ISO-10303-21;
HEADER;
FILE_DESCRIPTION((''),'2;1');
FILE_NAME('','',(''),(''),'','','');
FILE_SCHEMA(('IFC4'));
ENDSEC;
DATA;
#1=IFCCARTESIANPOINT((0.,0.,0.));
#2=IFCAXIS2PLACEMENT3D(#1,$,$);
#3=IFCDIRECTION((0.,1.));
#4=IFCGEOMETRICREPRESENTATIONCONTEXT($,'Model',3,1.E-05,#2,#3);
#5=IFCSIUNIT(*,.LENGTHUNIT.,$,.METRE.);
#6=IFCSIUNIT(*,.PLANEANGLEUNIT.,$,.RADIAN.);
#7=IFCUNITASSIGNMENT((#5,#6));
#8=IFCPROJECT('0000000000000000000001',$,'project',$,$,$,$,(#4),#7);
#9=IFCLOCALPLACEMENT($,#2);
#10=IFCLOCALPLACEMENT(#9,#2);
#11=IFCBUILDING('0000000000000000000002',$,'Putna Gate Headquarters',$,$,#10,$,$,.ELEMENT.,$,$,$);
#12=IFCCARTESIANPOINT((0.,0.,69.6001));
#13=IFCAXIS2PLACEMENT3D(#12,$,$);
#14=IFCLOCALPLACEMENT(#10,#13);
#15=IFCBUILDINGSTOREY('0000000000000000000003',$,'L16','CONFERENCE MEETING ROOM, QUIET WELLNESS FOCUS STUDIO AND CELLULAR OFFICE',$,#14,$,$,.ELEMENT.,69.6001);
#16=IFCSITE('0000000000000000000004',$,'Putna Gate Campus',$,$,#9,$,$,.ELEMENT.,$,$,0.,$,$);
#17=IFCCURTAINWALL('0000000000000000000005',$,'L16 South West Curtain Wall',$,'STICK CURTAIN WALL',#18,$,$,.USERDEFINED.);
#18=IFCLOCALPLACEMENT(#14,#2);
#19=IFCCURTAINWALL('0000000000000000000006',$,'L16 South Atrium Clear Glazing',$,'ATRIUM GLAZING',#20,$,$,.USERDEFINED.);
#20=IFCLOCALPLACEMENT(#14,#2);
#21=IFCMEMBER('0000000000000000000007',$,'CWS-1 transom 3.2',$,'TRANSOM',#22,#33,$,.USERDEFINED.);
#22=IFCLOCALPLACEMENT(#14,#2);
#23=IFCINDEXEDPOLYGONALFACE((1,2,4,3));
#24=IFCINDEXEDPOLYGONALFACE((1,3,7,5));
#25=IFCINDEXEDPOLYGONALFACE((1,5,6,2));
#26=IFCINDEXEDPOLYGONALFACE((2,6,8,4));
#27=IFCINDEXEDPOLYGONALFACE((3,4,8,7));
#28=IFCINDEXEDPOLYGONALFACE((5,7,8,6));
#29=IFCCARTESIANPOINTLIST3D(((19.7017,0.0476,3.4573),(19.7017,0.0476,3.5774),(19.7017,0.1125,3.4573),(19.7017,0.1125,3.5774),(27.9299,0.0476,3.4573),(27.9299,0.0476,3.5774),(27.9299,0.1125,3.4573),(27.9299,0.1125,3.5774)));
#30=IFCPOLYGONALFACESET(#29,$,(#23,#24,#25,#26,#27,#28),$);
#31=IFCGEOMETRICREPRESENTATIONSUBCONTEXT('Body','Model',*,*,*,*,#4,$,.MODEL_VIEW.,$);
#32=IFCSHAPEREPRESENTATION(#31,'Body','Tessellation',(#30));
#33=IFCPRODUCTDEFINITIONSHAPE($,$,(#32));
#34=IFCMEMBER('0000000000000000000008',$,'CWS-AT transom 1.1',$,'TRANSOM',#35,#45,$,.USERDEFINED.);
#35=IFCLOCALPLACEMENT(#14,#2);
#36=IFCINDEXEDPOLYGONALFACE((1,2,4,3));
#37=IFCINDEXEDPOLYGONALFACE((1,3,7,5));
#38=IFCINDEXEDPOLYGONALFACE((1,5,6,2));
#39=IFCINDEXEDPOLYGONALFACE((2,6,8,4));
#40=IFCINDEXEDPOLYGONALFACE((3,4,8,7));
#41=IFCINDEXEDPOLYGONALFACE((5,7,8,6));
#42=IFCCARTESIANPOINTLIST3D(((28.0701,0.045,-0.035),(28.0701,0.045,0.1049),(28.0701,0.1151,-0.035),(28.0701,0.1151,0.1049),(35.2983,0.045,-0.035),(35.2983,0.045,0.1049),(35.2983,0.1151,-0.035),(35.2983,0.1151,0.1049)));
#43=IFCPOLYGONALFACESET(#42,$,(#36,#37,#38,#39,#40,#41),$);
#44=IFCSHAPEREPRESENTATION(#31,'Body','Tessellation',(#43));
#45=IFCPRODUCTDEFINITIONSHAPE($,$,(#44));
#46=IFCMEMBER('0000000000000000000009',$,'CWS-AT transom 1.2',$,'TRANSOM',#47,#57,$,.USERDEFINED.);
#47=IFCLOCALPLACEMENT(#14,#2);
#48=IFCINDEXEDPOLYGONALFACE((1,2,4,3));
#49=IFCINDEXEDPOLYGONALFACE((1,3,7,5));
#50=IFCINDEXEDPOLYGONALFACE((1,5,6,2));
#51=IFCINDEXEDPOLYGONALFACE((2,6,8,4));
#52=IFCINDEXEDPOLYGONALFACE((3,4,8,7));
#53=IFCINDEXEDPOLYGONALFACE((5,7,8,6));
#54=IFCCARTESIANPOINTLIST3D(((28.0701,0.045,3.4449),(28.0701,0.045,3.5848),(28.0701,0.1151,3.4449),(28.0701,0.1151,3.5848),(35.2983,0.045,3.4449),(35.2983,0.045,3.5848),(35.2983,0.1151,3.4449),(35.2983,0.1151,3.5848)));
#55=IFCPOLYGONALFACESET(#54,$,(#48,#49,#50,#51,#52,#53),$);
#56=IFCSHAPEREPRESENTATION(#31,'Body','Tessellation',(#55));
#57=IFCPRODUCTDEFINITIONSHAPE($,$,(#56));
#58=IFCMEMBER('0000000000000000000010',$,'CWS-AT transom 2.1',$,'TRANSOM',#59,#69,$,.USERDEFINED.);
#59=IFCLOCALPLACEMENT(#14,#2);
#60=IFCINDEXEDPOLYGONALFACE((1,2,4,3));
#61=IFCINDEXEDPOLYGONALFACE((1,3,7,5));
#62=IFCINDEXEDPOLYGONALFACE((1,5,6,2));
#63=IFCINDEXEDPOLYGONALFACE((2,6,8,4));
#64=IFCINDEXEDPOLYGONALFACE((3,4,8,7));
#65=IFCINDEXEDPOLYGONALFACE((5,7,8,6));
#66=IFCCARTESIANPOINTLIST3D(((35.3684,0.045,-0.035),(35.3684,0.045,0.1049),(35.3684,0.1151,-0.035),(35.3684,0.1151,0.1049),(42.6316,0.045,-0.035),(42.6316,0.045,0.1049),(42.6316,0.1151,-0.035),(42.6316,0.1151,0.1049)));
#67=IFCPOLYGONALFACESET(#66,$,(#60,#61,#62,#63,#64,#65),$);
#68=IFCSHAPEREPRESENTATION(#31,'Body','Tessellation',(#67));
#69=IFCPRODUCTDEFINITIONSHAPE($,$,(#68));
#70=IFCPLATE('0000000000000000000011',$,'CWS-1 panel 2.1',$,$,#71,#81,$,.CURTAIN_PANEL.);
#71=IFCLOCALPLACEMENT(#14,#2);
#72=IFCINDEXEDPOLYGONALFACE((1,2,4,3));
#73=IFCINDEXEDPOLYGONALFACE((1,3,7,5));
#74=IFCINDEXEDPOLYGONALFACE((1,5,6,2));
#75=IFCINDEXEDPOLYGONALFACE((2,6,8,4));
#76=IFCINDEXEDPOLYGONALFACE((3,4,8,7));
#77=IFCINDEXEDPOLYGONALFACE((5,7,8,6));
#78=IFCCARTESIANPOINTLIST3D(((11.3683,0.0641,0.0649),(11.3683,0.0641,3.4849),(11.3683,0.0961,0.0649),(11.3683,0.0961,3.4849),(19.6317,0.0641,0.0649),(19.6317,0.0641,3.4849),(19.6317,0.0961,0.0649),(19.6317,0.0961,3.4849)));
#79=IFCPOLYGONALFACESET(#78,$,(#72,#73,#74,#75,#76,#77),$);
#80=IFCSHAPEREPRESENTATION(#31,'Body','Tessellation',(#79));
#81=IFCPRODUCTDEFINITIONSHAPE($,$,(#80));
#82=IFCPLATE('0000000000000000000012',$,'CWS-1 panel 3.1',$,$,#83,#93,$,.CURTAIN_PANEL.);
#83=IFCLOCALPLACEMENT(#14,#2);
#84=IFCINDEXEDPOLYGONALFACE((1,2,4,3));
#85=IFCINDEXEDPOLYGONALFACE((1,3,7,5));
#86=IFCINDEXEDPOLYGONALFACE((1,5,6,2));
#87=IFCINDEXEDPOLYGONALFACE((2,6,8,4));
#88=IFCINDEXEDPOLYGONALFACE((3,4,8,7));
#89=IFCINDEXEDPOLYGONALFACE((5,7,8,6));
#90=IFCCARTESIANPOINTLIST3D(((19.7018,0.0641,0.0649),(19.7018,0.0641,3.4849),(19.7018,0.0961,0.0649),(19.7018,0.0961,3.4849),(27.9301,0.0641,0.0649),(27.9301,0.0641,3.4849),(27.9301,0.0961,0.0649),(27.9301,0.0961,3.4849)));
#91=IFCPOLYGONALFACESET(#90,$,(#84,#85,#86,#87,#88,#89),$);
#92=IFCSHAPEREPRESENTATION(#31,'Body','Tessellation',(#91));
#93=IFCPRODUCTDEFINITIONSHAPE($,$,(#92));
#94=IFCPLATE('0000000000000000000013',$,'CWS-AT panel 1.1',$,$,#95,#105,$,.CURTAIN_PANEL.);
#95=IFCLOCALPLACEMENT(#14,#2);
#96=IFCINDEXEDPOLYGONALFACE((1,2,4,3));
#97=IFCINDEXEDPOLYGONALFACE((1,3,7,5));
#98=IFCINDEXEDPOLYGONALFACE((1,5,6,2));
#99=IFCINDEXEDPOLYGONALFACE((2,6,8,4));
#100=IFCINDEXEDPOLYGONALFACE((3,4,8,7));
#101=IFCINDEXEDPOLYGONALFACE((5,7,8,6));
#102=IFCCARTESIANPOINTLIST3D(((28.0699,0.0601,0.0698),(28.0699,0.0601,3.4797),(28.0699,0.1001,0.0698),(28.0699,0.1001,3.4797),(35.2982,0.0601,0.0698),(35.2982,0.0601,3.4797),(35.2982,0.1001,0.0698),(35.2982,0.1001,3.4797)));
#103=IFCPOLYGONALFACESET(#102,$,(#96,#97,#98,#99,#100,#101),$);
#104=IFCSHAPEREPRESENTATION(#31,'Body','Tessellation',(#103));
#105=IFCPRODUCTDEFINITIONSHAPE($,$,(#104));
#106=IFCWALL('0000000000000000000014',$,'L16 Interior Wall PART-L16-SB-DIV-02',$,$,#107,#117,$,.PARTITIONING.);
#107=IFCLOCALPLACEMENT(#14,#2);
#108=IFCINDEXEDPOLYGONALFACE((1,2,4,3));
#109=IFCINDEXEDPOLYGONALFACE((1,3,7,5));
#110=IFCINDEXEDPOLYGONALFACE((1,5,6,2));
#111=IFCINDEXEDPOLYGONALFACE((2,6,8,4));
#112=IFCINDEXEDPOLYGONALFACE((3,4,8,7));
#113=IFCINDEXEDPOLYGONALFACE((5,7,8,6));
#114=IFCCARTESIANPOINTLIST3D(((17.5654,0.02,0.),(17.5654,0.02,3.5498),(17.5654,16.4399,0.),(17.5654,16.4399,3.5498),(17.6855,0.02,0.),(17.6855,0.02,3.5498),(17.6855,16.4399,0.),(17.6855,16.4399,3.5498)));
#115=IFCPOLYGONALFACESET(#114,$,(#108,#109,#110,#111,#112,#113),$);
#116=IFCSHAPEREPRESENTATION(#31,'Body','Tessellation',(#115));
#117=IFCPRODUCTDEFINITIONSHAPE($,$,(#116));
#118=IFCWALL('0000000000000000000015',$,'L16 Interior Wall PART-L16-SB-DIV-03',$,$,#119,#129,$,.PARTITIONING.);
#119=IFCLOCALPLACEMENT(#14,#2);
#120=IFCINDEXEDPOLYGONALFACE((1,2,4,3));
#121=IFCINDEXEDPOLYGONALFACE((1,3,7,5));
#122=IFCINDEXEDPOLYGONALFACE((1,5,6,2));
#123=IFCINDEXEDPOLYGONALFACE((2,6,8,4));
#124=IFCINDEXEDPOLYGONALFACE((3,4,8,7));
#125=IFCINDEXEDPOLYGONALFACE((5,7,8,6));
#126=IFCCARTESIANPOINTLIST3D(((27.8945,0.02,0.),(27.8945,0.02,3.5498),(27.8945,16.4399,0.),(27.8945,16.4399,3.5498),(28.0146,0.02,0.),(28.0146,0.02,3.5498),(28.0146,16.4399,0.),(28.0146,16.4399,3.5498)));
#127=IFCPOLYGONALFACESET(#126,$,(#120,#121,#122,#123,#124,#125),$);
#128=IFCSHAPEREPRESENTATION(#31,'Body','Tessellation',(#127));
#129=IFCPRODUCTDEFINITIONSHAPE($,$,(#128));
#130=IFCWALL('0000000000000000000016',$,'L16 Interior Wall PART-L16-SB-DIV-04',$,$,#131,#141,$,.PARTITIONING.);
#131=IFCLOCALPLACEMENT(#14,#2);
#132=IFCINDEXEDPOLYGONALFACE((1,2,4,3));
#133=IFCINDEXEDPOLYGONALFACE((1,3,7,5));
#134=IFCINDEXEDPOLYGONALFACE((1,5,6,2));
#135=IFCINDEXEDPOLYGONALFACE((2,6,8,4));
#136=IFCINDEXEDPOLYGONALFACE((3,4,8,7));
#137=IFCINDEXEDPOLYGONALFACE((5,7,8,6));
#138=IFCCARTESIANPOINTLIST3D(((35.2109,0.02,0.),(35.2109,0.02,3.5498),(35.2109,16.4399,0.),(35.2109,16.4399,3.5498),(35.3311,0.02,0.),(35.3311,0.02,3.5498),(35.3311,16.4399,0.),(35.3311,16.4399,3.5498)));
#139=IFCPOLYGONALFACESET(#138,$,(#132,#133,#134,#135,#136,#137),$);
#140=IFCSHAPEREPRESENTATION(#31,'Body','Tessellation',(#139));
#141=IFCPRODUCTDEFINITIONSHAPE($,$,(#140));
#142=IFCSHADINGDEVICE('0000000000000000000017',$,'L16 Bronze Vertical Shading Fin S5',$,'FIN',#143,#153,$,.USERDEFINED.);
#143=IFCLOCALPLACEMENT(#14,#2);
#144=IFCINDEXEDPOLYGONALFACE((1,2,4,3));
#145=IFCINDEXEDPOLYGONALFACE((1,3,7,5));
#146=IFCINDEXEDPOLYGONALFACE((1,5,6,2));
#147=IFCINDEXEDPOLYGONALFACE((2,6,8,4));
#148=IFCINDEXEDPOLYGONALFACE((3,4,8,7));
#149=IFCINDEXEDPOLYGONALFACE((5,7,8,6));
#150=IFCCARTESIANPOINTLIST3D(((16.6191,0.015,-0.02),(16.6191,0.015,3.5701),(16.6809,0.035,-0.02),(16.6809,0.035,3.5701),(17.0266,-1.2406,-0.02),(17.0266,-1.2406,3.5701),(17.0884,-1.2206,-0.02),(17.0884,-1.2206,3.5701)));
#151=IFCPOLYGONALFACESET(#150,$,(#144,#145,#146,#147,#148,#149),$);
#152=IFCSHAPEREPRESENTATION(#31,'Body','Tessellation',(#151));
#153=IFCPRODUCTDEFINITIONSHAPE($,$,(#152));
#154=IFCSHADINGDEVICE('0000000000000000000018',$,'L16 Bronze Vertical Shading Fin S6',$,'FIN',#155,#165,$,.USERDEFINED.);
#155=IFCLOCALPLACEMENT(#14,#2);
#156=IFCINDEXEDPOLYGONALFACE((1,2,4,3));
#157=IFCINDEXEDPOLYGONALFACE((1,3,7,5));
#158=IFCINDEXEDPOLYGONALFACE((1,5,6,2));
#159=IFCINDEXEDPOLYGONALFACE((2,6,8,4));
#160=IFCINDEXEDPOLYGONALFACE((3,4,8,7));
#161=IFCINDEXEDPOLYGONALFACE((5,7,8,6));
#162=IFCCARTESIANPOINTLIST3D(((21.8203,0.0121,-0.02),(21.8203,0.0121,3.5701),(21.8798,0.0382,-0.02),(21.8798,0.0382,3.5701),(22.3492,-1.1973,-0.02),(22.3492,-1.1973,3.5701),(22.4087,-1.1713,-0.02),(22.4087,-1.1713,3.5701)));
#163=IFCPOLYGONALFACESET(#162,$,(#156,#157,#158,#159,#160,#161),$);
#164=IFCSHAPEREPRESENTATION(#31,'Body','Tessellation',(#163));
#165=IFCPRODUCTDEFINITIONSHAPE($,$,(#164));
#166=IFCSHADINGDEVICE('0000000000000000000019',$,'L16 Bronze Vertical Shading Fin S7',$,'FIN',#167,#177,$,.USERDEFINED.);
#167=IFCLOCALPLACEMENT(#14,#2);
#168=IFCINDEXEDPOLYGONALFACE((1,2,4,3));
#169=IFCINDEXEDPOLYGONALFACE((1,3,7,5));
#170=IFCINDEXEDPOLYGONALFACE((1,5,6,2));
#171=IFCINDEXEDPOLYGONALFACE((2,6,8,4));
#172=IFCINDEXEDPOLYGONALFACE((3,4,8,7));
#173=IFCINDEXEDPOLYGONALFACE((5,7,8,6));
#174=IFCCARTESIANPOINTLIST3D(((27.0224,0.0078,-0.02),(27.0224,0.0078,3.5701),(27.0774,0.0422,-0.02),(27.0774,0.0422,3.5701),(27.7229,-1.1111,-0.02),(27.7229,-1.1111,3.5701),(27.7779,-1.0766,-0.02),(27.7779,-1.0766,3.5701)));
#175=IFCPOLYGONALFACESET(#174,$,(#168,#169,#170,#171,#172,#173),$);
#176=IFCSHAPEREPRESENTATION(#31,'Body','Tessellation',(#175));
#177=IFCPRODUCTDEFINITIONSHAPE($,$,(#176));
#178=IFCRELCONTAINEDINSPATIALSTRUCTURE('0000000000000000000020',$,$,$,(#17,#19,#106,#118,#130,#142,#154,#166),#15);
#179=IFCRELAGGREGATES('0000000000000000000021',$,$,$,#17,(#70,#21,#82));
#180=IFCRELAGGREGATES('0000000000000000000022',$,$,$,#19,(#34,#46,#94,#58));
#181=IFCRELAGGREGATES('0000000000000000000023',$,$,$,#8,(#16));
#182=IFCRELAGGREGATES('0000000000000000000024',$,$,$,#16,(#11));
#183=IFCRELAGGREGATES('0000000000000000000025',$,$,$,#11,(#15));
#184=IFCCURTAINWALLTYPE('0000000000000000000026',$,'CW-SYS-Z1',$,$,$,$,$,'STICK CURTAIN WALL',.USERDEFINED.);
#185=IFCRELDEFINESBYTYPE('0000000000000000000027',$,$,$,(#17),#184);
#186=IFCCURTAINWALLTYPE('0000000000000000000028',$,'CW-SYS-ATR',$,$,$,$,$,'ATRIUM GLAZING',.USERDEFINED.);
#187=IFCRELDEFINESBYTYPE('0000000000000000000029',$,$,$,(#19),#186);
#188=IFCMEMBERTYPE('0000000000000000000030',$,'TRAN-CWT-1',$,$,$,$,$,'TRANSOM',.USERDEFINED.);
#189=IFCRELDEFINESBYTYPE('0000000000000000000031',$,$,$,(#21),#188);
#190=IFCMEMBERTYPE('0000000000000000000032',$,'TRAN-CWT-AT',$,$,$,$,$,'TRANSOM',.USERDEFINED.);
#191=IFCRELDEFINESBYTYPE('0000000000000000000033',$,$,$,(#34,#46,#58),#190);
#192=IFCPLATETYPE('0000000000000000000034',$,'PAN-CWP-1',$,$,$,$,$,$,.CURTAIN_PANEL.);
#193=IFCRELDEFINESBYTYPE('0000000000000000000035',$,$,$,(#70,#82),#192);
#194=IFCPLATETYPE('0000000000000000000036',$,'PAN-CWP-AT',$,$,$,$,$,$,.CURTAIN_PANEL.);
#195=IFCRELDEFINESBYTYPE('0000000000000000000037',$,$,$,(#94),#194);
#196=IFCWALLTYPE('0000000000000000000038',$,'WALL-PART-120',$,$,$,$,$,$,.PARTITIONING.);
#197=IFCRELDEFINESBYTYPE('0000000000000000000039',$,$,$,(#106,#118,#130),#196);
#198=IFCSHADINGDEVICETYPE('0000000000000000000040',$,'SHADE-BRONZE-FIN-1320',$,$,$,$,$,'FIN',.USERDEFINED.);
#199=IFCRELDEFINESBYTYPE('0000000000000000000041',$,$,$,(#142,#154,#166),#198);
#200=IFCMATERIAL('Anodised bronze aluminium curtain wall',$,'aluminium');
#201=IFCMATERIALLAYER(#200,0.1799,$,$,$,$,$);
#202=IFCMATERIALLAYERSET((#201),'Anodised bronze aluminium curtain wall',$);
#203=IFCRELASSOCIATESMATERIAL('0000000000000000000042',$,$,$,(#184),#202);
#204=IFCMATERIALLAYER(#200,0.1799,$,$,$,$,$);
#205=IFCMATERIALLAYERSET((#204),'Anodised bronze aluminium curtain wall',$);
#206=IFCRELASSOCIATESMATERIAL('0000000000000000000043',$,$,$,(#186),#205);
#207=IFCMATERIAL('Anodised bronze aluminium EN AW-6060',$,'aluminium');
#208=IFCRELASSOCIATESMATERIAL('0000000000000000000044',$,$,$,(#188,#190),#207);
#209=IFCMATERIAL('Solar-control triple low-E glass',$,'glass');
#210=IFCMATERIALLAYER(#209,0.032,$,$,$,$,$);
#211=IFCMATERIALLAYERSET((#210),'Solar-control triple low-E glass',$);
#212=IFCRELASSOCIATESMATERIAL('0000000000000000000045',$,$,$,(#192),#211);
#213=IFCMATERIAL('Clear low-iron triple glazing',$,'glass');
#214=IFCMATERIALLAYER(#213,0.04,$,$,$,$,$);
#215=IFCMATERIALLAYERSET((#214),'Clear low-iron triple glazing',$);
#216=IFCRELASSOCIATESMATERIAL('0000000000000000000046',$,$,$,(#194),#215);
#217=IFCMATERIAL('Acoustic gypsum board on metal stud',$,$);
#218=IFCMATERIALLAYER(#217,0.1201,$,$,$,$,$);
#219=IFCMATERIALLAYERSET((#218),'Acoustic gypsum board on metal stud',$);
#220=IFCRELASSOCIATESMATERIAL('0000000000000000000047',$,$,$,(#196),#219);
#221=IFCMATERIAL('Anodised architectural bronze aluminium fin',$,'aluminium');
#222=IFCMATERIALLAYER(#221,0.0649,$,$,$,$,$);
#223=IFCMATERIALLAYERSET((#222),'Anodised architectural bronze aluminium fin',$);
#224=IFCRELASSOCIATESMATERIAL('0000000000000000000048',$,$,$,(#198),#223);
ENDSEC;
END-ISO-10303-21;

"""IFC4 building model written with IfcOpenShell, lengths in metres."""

from ifc_helpers import new_model, si_unit, direction, frame, frame_2d, origin, origin_2d, place, context, subcontext, project, spatial, rectangle, extrude, material, layer, layer_set, material_profile, profile_set, type_object, element, aggregate, save


model = new_model("IFC4")

# Units and contexts
model_context = context("Model", 3, precision=1e-05, world=origin(), true_north=direction((0.0, 1.0)))
body_context = subcontext(model_context, "Body", "Model", "MODEL_VIEW")
ifc_project = project(units=[si_unit("LENGTHUNIT", "METRE"), si_unit("PLANEANGLEUNIT", "RADIAN")], contexts=[model_context])

# Site, building, storey
site_placement = place(None, origin())
site = spatial("IfcSite", under=ifc_project, at=site_placement, Name="Putna Gate Campus", CompositionType="ELEMENT", RefElevation=0.0)
building_placement = place(site_placement, origin())
building = spatial("IfcBuilding", under=site, at=building_placement, Name="Putna Gate Headquarters", CompositionType="ELEMENT")
storey_placement = place(building_placement, frame((0.0, 0.0, 69.6001)))
storey = spatial("IfcBuildingStorey", under=building, at=storey_placement, Name="L16", Description="CONFERENCE MEETING ROOM, QUIET WELLNESS FOCUS STUDIO AND CELLULAR OFFICE", CompositionType="ELEMENT", Elevation=69.6001)

# Curtain walls
ifc_material_1 = material(Name="Anodised bronze aluminium curtain wall", Category="aluminium")
ifc_layer_1 = layer(ifc_material_1, 0.1799)
ifc_layer_set_1 = layer_set([ifc_layer_1], Name="Anodised bronze aluminium curtain wall")
curtain_wall_type_1 = type_object("IfcCurtainWallType", Name="CW-SYS-Z1", ElementType="STICK CURTAIN WALL", PredefinedType="USERDEFINED", material=ifc_layer_set_1)
curtain_wall_1_placement = place(storey_placement, origin())
curtain_wall_1 = element("IfcCurtainWall", 1, at=curtain_wall_1_placement, inside=storey, type_object=curtain_wall_type_1, Name="L16 South West Curtain Wall", ObjectType="STICK CURTAIN WALL", PredefinedType="USERDEFINED")
ifc_material_2 = material(Name="Anodised bronze aluminium EN AW-6060", Category="aluminium")
ifc_layer_2 = layer(ifc_material_1, 0.1799)
ifc_layer_set_2 = layer_set([ifc_layer_2], Name="Anodised bronze aluminium curtain wall")
curtain_wall_type_2 = type_object("IfcCurtainWallType", Name="CW-SYS-ATR", ElementType="ATRIUM GLAZING", PredefinedType="USERDEFINED", material=ifc_layer_set_2)
curtain_wall_2_placement = place(storey_placement, origin())
curtain_wall_2 = element("IfcCurtainWall", 2, at=curtain_wall_2_placement, inside=storey, type_object=curtain_wall_type_2, Name="L16 South Atrium Clear Glazing", ObjectType="ATRIUM GLAZING", PredefinedType="USERDEFINED")

# Members
ifc_material_profile_1 = material_profile(ifc_material_2, rectangle(XDim=0.0649, YDim=0.1201, at=origin_2d()), Name="Anodised bronze aluminium EN AW-6060")
ifc_profile_set_1 = profile_set([ifc_material_profile_1], Name="Anodised bronze aluminium EN AW-6060")
member_type_1 = type_object("IfcMemberType", Name="TRAN-CWT-1", ElementType="TRANSOM", PredefinedType="USERDEFINED", material=ifc_profile_set_1)
member_1_placement = place(storey_placement, frame((19.7017, 0.0801, 3.5173), z_axis=(1.0, 0.0, 0.0), x_axis=(0.0, 1.0, 0.0)))
member_1 = element("IfcMember", 3, at=member_1_placement, type_object=member_type_1, Name="CWS-1 transom 3.2", ObjectType="TRANSOM", PredefinedType="USERDEFINED", context=body_context, shape_type="SweptSolid", body=[
    extrude(rectangle(XDim=0.0649, YDim=0.1201, at=origin_2d()), origin(), (0.0, 0.0, 1.0), 8.2283),
])
ifc_material_profile_2 = material_profile(ifc_material_2, rectangle(XDim=0.0701, YDim=0.1399, at=origin_2d()), Name="Anodised bronze aluminium EN AW-6060")
ifc_profile_set_2 = profile_set([ifc_material_profile_2], Name="Anodised bronze aluminium EN AW-6060")
member_type_2 = type_object("IfcMemberType", Name="TRAN-CWT-AT", ElementType="TRANSOM", PredefinedType="USERDEFINED", material=ifc_profile_set_2)
member_2_placement = place(storey_placement, frame((28.0701, 0.0801, 0.0349), z_axis=(1.0, 0.0, 0.0), x_axis=(0.0, 1.0, 0.0)))
member_2 = element("IfcMember", 4, at=member_2_placement, type_object=member_type_2, Name="CWS-AT transom 1.1", ObjectType="TRANSOM", PredefinedType="USERDEFINED", context=body_context, shape_type="SweptSolid", body=[
    extrude(rectangle(XDim=0.0701, YDim=0.1399, at=origin_2d()), origin(), (0.0, 0.0, 1.0), 7.2283),
])
member_3_placement = place(storey_placement, frame((28.0701, 0.0801, 3.5149), z_axis=(1.0, 0.0, 0.0), x_axis=(0.0, 1.0, 0.0)))
member_3 = element("IfcMember", 5, at=member_3_placement, type_object=member_type_2, Name="CWS-AT transom 1.2", ObjectType="TRANSOM", PredefinedType="USERDEFINED", context=body_context, shape_type="SweptSolid", body=[
    extrude(rectangle(XDim=0.0701, YDim=0.1399, at=origin_2d()), origin(), (0.0, 0.0, 1.0), 7.2283),
])
member_4_placement = place(storey_placement, frame((35.3684, 0.0801, 0.0349), z_axis=(1.0, 0.0, 0.0), x_axis=(0.0, 1.0, 0.0)))
member_4 = element("IfcMember", 6, at=member_4_placement, type_object=member_type_2, Name="CWS-AT transom 2.1", ObjectType="TRANSOM", PredefinedType="USERDEFINED", context=body_context, shape_type="SweptSolid", body=[
    extrude(rectangle(XDim=0.0701, YDim=0.1399, at=origin_2d()), origin(), (0.0, 0.0, 1.0), 7.2632),
])

# Plates
ifc_material_3 = material(Name="Solar-control triple low-E glass", Category="glass")
ifc_layer_3 = layer(ifc_material_3, 0.032)
ifc_layer_set_3 = layer_set([ifc_layer_3], Name="Solar-control triple low-E glass")
plate_type_1 = type_object("IfcPlateType", Name="PAN-CWP-1", PredefinedType="CURTAIN_PANEL", material=ifc_layer_set_3)
plate_1_placement = place(storey_placement, frame((15.5, 0.0801, 0.0649), z_axis=(0.0, 0.0, 1.0), x_axis=(1.0, 0.0, 0.0)))
plate_1 = element("IfcPlate", 7, at=plate_1_placement, type_object=plate_type_1, Name="CWS-1 panel 2.1", PredefinedType="CURTAIN_PANEL", context=body_context, shape_type="SweptSolid", body=[
    extrude(rectangle(XDim=8.2634, YDim=0.032, at=origin_2d()), origin(), (0.0, 0.0, 1.0), 3.4199),
])
plate_2_placement = place(storey_placement, frame((23.8159, 0.0801, 0.0649), z_axis=(0.0, 0.0, 1.0), x_axis=(1.0, 0.0, 0.0)))
plate_2 = element("IfcPlate", 8, at=plate_2_placement, type_object=plate_type_1, Name="CWS-1 panel 3.1", PredefinedType="CURTAIN_PANEL", context=body_context, shape_type="SweptSolid", body=[
    extrude(rectangle(XDim=8.2283, YDim=0.032, at=origin_2d()), origin(), (0.0, 0.0, 1.0), 3.4199),
])
aggregate(curtain_wall_1, [plate_1, member_1, plate_2])
ifc_material_4 = material(Name="Clear low-iron triple glazing", Category="glass")
ifc_layer_4 = layer(ifc_material_4, 0.04)
ifc_layer_set_4 = layer_set([ifc_layer_4], Name="Clear low-iron triple glazing")
plate_type_2 = type_object("IfcPlateType", Name="PAN-CWP-AT", PredefinedType="CURTAIN_PANEL", material=ifc_layer_set_4)
plate_3_placement = place(storey_placement, frame((31.6841, 0.0801, 0.0698), z_axis=(0.0, 0.0, 1.0), x_axis=(1.0, 0.0, 0.0)))
plate_3 = element("IfcPlate", 9, at=plate_3_placement, type_object=plate_type_2, Name="CWS-AT panel 1.1", PredefinedType="CURTAIN_PANEL", context=body_context, shape_type="SweptSolid", body=[
    extrude(rectangle(XDim=7.2283, YDim=0.04, at=origin_2d()), origin(), (0.0, 0.0, 1.0), 3.4099),
])
aggregate(curtain_wall_2, [member_2, member_3, plate_3, member_4])

# Walls
ifc_material_5 = material(Name="Acoustic gypsum board on metal stud")
ifc_layer_5 = layer(ifc_material_5, 0.1201)
ifc_layer_set_5 = layer_set([ifc_layer_5], Name="Acoustic gypsum board on metal stud")
wall_type = type_object("IfcWallType", Name="WALL-PART-120", PredefinedType="PARTITIONING", material=ifc_layer_set_5)
for number, where, z_axis, x_axis, name in (
    (10, (17.6255, 0.02, 0.0), (0.0, 0.0, 1.0), (0.0, 1.0, 0.0), "L16 Interior Wall PART-L16-SB-DIV-02"),
    (11, (27.9546, 0.02, 0.0), (0.0, 0.0, 1.0), (0.0, 1.0, 0.0), "L16 Interior Wall PART-L16-SB-DIV-03"),
    (12, (35.271, 0.02, 0.0), (0.0, 0.0, 1.0), (0.0, 1.0, 0.0), "L16 Interior Wall PART-L16-SB-DIV-04"),
):
    element("IfcWall", number, at=place(storey_placement, frame(where, z_axis=z_axis, x_axis=x_axis)), inside=storey, type_object=wall_type, Name=name, PredefinedType="PARTITIONING", context=body_context, shape_type="SweptSolid", body=[
        extrude(rectangle(XDim=16.4199, YDim=0.1201, at=frame_2d((8.21, 0.0))), origin(), (0.0, 0.0, 1.0), 3.5498),
    ])

# Shading devices
ifc_material_6 = material(Name="Anodised architectural bronze aluminium fin", Category="aluminium")
ifc_layer_6 = layer(ifc_material_6, 0.0649)
ifc_layer_set_6 = layer_set([ifc_layer_6], Name="Anodised architectural bronze aluminium fin")
shading_device_type = type_object("IfcShadingDeviceType", Name="SHADE-BRONZE-FIN-1320", ElementType="FIN", PredefinedType="USERDEFINED", material=ifc_layer_set_6)
for number, where, z_axis, x_axis, name in (
    (13, (16.8538, -0.6028, -0.02), (0.0, 0.0, 1.0), (0.308685, -0.951164, 0.0), "L16 Bronze Vertical Shading Fin S5"),
    (14, (22.1145, -0.5796, -0.02), (0.0, 0.0, 1.0), (0.400669, -0.916223, 0.0), "L16 Bronze Vertical Shading Fin S6"),
    (15, (27.4001, -0.5344, -0.02), (0.0, 0.0, 1.0), (0.530659, -0.847585, 0.0), "L16 Bronze Vertical Shading Fin S7"),
):
    element("IfcShadingDevice", number, at=place(storey_placement, frame(where, z_axis=z_axis, x_axis=x_axis)), inside=storey, type_object=shading_device_type, Name=name, ObjectType="FIN", PredefinedType="USERDEFINED", context=body_context, shape_type="SweptSolid", body=[
        extrude(rectangle(XDim=1.3201, YDim=0.0649, at=origin_2d()), origin(), (0.0, 0.0, 1.0), 3.5901),
    ])

save(model, "model.ifc")
